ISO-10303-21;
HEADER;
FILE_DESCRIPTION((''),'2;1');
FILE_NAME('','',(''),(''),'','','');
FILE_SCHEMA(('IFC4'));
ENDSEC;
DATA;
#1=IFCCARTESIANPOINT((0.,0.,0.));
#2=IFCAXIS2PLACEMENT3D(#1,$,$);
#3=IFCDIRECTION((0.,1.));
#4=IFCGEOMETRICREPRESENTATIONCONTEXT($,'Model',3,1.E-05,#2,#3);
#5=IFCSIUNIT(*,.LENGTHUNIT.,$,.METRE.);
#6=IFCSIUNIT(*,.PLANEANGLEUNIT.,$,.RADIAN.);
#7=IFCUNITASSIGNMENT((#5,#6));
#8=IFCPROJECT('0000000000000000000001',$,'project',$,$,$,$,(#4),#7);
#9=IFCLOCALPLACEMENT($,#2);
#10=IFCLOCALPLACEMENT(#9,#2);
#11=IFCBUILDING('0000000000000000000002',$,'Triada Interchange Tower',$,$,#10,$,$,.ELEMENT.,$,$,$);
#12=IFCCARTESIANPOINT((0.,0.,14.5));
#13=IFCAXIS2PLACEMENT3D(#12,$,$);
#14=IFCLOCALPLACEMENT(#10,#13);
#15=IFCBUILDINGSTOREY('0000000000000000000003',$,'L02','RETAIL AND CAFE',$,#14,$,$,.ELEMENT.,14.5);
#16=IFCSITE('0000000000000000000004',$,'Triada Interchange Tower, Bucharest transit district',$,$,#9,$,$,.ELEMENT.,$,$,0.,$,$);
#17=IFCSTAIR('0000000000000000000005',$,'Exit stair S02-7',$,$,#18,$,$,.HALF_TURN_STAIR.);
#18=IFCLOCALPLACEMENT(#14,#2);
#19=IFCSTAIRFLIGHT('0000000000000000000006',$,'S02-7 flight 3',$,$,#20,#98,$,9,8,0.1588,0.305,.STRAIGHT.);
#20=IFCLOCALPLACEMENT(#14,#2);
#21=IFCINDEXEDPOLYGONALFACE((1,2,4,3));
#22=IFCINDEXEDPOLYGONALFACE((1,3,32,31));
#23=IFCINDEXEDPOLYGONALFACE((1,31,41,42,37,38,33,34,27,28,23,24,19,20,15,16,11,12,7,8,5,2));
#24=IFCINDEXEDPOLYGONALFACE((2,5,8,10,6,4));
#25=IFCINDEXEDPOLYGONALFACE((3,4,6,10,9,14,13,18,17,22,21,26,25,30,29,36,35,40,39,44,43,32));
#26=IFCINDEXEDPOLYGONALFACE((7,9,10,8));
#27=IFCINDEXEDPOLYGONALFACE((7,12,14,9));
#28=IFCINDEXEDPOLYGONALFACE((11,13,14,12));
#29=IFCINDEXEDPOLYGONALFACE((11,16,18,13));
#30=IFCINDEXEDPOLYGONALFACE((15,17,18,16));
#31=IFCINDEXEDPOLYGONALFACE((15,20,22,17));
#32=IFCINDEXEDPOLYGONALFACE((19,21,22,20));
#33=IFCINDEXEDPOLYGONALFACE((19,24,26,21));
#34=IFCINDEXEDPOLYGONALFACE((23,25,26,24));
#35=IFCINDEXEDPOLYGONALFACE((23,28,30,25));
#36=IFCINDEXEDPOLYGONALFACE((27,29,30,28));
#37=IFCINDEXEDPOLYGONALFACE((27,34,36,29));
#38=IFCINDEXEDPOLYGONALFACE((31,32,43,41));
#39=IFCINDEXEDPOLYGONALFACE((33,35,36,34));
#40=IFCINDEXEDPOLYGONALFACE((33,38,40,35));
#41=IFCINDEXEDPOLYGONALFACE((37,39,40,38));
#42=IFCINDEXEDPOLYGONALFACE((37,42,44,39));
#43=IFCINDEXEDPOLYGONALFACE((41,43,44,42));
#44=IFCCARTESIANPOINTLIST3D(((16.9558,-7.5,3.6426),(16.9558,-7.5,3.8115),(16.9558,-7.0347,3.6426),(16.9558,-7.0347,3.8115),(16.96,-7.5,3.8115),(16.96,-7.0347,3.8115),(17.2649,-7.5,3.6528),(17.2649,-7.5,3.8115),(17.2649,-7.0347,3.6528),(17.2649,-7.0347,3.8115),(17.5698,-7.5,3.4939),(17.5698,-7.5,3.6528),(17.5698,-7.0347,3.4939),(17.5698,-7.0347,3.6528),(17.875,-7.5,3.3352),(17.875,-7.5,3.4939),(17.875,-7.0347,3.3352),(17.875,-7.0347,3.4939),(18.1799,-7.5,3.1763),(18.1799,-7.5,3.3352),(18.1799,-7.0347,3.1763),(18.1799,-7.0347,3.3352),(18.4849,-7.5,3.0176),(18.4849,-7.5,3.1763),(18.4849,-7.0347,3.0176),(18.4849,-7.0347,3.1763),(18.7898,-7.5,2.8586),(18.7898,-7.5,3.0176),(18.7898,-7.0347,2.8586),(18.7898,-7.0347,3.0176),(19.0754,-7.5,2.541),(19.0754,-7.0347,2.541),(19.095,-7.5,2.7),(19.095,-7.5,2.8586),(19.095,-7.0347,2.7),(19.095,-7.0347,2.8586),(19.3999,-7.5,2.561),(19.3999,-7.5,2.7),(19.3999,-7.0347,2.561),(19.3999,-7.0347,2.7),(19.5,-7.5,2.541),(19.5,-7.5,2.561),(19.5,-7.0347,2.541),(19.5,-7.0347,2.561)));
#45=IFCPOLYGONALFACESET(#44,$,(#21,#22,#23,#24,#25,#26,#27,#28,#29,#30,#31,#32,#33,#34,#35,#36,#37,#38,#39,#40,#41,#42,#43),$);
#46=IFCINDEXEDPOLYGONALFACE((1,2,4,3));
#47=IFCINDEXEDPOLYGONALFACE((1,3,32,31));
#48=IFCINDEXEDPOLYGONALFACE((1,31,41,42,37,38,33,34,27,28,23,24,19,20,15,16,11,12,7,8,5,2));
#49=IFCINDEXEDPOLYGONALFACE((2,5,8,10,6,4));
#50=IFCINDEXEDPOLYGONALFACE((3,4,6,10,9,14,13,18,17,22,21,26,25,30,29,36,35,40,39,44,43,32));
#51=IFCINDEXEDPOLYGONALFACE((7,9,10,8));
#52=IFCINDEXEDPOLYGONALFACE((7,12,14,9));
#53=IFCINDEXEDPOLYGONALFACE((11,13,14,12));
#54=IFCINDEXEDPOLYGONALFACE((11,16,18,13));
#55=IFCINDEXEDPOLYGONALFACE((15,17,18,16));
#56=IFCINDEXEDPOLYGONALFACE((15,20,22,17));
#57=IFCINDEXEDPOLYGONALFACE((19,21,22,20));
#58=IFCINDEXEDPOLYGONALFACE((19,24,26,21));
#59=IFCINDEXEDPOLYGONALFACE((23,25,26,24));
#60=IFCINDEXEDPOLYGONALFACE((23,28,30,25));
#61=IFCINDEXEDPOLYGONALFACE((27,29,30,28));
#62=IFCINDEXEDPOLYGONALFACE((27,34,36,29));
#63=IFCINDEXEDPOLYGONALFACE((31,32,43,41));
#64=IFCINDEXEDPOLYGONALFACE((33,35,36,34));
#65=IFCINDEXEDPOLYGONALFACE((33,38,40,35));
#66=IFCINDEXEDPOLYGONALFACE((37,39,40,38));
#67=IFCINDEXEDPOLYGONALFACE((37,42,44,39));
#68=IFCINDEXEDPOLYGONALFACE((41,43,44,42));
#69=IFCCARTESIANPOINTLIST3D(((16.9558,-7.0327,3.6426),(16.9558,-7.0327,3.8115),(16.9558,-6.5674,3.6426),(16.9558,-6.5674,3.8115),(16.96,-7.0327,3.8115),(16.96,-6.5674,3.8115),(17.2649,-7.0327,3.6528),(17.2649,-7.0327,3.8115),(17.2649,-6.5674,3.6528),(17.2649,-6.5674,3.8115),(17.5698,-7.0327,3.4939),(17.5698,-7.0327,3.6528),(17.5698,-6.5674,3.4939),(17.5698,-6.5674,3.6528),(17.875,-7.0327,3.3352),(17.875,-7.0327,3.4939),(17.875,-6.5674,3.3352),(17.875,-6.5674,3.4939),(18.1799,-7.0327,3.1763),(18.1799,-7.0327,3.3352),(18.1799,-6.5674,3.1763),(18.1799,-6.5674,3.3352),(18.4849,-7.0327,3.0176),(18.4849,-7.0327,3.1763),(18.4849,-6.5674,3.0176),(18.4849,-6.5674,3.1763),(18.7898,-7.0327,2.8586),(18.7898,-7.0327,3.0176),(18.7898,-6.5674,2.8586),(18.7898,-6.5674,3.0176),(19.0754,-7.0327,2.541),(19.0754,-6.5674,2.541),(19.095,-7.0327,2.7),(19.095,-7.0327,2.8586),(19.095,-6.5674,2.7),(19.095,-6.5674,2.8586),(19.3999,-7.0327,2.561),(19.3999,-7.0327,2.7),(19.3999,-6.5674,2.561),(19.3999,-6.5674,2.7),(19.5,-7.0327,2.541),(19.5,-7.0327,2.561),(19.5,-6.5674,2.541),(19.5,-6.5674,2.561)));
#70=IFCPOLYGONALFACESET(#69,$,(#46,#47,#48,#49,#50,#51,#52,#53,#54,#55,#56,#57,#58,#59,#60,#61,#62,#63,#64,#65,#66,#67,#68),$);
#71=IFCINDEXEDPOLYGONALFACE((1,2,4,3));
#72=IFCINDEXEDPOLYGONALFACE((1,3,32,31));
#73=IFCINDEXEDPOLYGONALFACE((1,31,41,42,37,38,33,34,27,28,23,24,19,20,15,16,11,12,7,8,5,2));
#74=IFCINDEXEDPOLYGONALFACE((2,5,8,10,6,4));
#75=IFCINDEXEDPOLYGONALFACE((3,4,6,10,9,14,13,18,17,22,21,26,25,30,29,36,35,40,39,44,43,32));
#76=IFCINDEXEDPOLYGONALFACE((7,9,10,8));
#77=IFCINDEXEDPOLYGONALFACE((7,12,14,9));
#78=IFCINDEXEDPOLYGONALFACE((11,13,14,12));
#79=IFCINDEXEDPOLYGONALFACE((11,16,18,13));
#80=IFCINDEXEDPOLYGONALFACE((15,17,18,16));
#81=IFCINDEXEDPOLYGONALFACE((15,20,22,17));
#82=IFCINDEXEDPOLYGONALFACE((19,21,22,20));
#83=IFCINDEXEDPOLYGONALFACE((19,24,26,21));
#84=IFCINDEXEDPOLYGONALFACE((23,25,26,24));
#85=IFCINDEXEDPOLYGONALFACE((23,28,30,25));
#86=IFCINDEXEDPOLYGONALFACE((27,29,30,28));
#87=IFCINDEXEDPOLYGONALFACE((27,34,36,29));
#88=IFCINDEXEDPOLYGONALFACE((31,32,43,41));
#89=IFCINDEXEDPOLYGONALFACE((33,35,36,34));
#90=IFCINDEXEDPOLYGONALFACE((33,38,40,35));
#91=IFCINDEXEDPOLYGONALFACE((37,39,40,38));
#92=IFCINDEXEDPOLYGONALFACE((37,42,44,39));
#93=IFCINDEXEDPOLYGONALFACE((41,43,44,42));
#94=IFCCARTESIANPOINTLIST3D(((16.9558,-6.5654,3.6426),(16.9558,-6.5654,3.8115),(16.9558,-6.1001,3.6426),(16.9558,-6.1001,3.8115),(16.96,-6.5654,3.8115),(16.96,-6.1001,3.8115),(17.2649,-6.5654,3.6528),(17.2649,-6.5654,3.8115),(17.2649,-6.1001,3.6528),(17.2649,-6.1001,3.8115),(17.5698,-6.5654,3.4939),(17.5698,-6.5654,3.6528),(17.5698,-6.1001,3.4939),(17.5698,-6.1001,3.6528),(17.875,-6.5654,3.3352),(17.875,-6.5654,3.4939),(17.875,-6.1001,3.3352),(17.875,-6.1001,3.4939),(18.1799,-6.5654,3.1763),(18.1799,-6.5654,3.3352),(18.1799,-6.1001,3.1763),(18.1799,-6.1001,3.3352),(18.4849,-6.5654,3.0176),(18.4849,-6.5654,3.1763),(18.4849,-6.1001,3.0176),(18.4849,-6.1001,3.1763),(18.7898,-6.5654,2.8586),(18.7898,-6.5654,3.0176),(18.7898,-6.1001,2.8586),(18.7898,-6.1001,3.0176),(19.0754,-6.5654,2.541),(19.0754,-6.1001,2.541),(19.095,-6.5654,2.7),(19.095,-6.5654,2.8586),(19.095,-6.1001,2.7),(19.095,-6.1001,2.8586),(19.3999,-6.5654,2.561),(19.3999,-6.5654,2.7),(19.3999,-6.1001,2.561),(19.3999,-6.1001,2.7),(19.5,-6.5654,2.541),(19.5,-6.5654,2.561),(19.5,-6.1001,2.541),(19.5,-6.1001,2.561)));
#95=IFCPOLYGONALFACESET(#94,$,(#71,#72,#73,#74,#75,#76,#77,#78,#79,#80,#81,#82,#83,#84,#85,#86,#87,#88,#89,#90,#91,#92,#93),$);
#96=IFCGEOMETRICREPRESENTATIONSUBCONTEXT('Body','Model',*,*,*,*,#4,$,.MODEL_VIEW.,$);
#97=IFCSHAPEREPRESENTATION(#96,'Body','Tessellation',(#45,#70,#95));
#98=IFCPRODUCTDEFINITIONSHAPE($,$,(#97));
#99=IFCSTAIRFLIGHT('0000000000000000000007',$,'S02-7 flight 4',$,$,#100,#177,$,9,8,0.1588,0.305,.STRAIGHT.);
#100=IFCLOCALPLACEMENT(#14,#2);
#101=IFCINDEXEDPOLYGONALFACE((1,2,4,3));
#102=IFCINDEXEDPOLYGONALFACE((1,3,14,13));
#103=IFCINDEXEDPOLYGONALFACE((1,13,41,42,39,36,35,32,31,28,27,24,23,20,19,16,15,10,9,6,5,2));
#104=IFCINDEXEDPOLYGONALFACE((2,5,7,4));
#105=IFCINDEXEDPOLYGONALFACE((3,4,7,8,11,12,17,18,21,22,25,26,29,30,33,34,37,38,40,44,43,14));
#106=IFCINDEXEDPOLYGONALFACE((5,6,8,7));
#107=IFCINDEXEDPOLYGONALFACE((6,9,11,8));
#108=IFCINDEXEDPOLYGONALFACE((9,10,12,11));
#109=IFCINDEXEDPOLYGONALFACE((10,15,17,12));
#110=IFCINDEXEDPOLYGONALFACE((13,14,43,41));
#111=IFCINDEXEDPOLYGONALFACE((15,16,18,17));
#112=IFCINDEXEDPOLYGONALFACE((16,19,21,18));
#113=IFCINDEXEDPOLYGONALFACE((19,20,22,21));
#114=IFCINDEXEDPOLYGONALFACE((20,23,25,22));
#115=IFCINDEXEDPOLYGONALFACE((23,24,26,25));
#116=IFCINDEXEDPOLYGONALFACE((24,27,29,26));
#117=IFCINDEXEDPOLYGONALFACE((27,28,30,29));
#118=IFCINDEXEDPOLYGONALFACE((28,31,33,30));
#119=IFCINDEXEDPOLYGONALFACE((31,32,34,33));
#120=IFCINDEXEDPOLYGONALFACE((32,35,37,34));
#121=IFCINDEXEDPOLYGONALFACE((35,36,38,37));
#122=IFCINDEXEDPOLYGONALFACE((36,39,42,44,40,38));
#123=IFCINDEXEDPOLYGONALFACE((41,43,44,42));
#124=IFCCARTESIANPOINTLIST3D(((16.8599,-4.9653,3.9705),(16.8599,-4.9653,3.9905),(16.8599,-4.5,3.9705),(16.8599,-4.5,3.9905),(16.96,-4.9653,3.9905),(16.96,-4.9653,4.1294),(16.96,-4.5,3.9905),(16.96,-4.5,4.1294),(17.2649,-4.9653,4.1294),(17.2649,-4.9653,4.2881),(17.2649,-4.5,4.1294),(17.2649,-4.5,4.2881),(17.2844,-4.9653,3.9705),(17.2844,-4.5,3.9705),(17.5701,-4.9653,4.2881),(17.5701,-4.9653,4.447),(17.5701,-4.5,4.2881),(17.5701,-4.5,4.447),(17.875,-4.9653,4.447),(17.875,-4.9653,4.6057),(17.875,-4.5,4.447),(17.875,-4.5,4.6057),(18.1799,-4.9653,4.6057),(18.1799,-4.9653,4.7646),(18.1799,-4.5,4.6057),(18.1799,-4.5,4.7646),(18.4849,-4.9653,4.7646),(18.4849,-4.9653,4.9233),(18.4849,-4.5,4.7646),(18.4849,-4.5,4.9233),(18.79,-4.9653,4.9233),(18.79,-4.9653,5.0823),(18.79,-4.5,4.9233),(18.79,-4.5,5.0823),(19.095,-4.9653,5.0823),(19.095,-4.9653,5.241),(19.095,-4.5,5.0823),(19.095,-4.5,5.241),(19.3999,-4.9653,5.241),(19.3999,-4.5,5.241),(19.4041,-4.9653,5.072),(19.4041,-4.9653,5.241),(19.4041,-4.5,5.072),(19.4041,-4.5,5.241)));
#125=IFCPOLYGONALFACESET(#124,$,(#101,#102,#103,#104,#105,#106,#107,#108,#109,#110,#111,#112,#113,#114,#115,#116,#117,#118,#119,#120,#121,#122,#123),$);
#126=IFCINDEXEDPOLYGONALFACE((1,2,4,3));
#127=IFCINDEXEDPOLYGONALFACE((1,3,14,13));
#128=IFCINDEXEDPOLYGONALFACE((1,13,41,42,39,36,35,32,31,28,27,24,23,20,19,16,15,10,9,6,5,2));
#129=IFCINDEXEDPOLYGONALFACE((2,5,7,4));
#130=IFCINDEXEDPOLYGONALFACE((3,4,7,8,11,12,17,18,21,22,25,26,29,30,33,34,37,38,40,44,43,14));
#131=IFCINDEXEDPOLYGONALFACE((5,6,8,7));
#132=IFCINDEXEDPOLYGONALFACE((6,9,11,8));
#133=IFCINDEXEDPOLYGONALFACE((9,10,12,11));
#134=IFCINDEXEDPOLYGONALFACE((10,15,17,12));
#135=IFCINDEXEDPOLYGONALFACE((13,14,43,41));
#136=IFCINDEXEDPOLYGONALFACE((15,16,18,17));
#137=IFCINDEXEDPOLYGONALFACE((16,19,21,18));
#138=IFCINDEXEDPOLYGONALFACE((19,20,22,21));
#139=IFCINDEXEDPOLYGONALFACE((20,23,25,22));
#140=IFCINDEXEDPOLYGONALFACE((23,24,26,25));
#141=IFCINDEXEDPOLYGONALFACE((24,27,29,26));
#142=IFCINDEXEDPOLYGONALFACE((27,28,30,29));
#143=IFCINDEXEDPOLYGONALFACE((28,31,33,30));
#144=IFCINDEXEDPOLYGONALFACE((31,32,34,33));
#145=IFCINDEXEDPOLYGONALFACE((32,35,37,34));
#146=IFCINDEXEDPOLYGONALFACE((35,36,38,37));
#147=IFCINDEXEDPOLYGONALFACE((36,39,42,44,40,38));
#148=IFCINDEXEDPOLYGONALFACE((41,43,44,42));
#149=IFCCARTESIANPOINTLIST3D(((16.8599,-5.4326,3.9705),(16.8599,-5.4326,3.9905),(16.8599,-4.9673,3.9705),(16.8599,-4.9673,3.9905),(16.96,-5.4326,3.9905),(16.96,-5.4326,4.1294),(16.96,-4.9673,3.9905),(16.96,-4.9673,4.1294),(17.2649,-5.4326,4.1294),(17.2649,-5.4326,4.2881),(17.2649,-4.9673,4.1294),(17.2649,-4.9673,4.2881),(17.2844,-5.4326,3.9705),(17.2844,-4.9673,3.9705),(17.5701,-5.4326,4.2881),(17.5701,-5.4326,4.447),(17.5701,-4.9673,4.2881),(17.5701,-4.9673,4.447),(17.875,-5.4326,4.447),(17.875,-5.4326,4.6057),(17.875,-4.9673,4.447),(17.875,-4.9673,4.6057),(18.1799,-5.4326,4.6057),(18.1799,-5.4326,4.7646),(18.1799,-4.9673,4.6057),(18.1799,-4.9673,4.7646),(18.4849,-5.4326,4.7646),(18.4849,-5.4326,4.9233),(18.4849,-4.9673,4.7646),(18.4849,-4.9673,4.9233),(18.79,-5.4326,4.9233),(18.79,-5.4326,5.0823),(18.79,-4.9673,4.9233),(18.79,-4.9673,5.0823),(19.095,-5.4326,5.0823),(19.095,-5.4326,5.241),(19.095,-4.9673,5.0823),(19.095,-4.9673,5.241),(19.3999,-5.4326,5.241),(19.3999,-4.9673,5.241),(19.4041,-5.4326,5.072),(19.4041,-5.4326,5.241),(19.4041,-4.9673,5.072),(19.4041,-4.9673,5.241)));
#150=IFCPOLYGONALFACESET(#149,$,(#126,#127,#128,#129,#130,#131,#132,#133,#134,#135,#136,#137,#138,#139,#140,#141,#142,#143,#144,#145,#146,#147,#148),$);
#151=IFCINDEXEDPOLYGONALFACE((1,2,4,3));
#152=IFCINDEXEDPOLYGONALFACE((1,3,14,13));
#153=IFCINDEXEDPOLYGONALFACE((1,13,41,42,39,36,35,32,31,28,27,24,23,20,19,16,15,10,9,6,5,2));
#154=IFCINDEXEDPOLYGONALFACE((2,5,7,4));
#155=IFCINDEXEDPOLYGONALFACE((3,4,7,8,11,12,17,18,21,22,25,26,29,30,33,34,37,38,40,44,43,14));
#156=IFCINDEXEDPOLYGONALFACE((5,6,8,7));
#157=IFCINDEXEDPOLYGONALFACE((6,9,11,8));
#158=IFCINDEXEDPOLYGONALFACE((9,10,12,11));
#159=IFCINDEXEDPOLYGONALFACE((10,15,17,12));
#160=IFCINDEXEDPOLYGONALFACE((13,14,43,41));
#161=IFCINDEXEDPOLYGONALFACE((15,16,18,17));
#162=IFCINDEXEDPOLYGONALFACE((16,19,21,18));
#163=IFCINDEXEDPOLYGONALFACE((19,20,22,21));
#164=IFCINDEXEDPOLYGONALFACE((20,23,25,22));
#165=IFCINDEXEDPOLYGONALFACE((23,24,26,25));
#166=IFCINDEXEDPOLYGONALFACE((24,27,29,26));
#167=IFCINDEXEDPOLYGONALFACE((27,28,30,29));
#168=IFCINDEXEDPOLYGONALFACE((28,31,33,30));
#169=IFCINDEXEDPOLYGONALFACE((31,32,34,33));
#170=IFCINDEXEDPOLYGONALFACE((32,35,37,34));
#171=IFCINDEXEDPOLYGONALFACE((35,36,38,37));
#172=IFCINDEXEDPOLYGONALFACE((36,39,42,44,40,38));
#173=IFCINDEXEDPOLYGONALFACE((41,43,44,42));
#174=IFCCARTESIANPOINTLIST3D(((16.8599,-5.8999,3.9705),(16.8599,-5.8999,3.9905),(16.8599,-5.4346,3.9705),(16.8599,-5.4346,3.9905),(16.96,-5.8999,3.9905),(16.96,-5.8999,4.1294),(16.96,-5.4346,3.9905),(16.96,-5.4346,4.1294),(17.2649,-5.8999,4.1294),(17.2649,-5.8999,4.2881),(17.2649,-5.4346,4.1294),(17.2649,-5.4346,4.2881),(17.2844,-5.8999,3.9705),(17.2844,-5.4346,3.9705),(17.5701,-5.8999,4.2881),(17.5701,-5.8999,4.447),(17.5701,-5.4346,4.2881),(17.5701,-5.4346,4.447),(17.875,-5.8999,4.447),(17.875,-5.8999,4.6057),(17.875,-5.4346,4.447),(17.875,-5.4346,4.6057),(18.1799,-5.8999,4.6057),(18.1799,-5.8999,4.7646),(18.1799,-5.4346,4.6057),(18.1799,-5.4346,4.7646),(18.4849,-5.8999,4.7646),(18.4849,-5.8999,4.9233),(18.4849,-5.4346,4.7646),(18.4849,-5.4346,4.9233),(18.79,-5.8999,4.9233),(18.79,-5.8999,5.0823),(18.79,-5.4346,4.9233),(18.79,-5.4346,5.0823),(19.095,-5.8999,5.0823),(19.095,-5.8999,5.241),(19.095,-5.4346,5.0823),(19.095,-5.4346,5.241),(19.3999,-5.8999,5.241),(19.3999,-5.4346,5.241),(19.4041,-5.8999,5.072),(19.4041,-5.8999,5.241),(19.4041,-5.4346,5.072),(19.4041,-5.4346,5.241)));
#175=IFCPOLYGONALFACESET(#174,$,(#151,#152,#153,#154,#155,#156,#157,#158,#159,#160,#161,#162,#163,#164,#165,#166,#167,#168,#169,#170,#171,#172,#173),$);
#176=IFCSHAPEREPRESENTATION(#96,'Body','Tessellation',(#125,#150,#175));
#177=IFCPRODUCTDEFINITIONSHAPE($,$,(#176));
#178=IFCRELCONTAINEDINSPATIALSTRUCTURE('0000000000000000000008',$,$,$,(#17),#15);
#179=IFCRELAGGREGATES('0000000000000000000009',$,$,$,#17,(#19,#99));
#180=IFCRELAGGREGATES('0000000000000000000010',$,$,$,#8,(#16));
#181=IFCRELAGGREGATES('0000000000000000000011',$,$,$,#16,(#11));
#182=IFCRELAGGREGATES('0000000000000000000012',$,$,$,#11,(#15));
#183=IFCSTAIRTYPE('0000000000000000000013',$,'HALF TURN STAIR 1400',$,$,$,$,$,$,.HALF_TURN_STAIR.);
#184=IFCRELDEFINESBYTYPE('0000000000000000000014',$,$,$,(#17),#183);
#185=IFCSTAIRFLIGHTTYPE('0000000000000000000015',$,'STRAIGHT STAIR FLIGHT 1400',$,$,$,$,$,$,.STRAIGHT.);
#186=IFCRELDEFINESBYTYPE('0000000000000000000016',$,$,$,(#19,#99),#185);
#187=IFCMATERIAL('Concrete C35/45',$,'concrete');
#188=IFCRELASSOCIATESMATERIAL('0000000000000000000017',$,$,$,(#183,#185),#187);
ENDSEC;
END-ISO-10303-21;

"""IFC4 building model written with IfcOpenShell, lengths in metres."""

from ifc_helpers import new_model, si_unit, direction, frame, origin, place, context, subcontext, project, spatial, polyline, outline, extrude, material, type_object, element, aggregate, save


model = new_model("IFC4")

# Units and contexts
model_context = context("Model", 3, precision=1e-05, world=origin(), true_north=direction((0.0, 1.0)))
body_context = subcontext(model_context, "Body", "Model", "MODEL_VIEW")
ifc_project = project(units=[si_unit("LENGTHUNIT", "METRE"), si_unit("PLANEANGLEUNIT", "RADIAN")], contexts=[model_context])

# Site, building, storey
site_placement = place(None, origin())
site = spatial("IfcSite", under=ifc_project, at=site_placement, Name="Triada Interchange Tower, Bucharest transit district", CompositionType="ELEMENT", RefElevation=0.0)
building_placement = place(site_placement, origin())
building = spatial("IfcBuilding", under=site, at=building_placement, Name="Triada Interchange Tower", CompositionType="ELEMENT")
storey_placement = place(building_placement, frame((0.0, 0.0, 14.5)))
storey = spatial("IfcBuildingStorey", under=building, at=storey_placement, Name="L02", Description="RETAIL AND CAFE", CompositionType="ELEMENT", Elevation=14.5)

# Shared definitions
ifc_material_1 = material(Name="Concrete C35/45", Category="concrete")

# Stair, stair flights
stair_type = type_object("IfcStairType", Name="HALF TURN STAIR 1400", PredefinedType="HALF_TURN_STAIR", material=ifc_material_1)
stair_placement = place(storey_placement, origin())
stair = element("IfcStair", 1, at=stair_placement, inside=storey, type_object=stair_type, Name="Exit stair S02-7", PredefinedType="HALF_TURN_STAIR")
stair_flight_type = type_object("IfcStairFlightType", Name="STRAIGHT STAIR FLIGHT 1400", PredefinedType="STRAIGHT", material=ifc_material_1)
stair_flight_1_placement = place(storey_placement, frame((19.3999, -6.8, 2.541), z_axis=(0.0, 0.0, 1.0), x_axis=(-1.0, 0.0, 0.0)))
stair_flight_1 = element("IfcStairFlight", 2, at=stair_flight_1_placement, type_object=stair_flight_type, Name="S02-7 flight 3", NumberOfRisers=9, NumberOfTreads=8, PredefinedType="STRAIGHT", RiserHeight=0.1588, TreadLength=0.305, context=body_context, shape_type="SweptSolid", body=[
    extrude(outline(polyline([(-0.1001, 0.0), (-0.1001, 0.02), (0.0, 0.02), (0.0, 0.1589), (0.3049, 0.1589), (0.3049, 0.3176), (0.6101, 0.3176), (0.6101, 0.4766), (0.915, 0.4766), (0.915, 0.6353), (1.22, 0.6353), (1.22, 0.7942), (1.5249, 0.7942), (1.5249, 0.9529), (1.8301, 0.9529), (1.8301, 1.1118), (2.135, 1.1118), (2.135, 1.2705), (2.4399, 1.2705), (2.4441, 1.2705), (2.4441, 1.4294), (2.4441, 1.1016), (0.3245, 0.0), (-0.1001, 0.0)])), frame((0.0, 0.7, 0.0), z_axis=(0.0, -1.0, 0.0), x_axis=(1.0, 0.0, 0.0)), (0.0, 0.0, 1.0), 0.4653),
    extrude(outline(polyline([(-0.1001, 0.0), (-0.1001, 0.02), (0.0, 0.02), (0.0, 0.1589), (0.3049, 0.1589), (0.3049, 0.3176), (0.6101, 0.3176), (0.6101, 0.4766), (0.915, 0.4766), (0.915, 0.6353), (1.22, 0.6353), (1.22, 0.7942), (1.5249, 0.7942), (1.5249, 0.9529), (1.8301, 0.9529), (1.8301, 1.1118), (2.135, 1.1118), (2.135, 1.2705), (2.4399, 1.2705), (2.4441, 1.2705), (2.4441, 1.4294), (2.4441, 1.1016), (0.3245, 0.0), (-0.1001, 0.0)])), frame((0.0, 0.2327, 0.0), z_axis=(0.0, -1.0, 0.0), x_axis=(1.0, 0.0, 0.0)), (0.0, 0.0, 1.0), 0.4653),
    extrude(outline(polyline([(-0.1001, 0.0), (-0.1001, 0.02), (0.0, 0.02), (0.0, 0.1589), (0.3049, 0.1589), (0.3049, 0.3176), (0.6101, 0.3176), (0.6101, 0.4766), (0.915, 0.4766), (0.915, 0.6353), (1.22, 0.6353), (1.22, 0.7942), (1.5249, 0.7942), (1.5249, 0.9529), (1.8301, 0.9529), (1.8301, 1.1118), (2.135, 1.1118), (2.135, 1.2705), (2.4399, 1.2705), (2.4441, 1.2705), (2.4441, 1.4294), (2.4441, 1.1016), (0.3245, 0.0), (-0.1001, 0.0)])), frame((0.0, -0.2346, 0.0), z_axis=(0.0, -1.0, 0.0), x_axis=(1.0, 0.0, 0.0)), (0.0, 0.0, 1.0), 0.4653),
])
stair_flight_2_placement = place(storey_placement, frame((16.96, -5.2, 3.9705), z_axis=(0.0, 0.0, 1.0), x_axis=(1.0, 0.0, 0.0)))
stair_flight_2 = element("IfcStairFlight", 3, at=stair_flight_2_placement, type_object=stair_flight_type, Name="S02-7 flight 4", NumberOfRisers=9, NumberOfTreads=8, PredefinedType="STRAIGHT", RiserHeight=0.1588, TreadLength=0.305, context=body_context, shape_type="SweptSolid", body=[
    extrude(outline(polyline([(-0.1001, 0.0), (-0.1001, 0.02), (0.0, 0.02), (0.0, 0.1589), (0.3049, 0.1589), (0.3049, 0.3176), (0.6101, 0.3176), (0.6101, 0.4766), (0.915, 0.4766), (0.915, 0.6353), (1.22, 0.6353), (1.22, 0.7942), (1.5249, 0.7942), (1.5249, 0.9529), (1.8301, 0.9529), (1.8301, 1.1118), (2.135, 1.1118), (2.135, 1.2705), (2.4399, 1.2705), (2.4441, 1.2705), (2.4441, 1.4294), (2.4441, 1.1016), (0.3245, 0.0), (-0.1001, 0.0)])), frame((0.0, 0.7, 0.0), z_axis=(0.0, -1.0, 0.0), x_axis=(1.0, 0.0, 0.0)), (0.0, 0.0, 1.0), 0.4653),
    extrude(outline(polyline([(-0.1001, 0.0), (-0.1001, 0.02), (0.0, 0.02), (0.0, 0.1589), (0.3049, 0.1589), (0.3049, 0.3176), (0.6101, 0.3176), (0.6101, 0.4766), (0.915, 0.4766), (0.915, 0.6353), (1.22, 0.6353), (1.22, 0.7942), (1.5249, 0.7942), (1.5249, 0.9529), (1.8301, 0.9529), (1.8301, 1.1118), (2.135, 1.1118), (2.135, 1.2705), (2.4399, 1.2705), (2.4441, 1.2705), (2.4441, 1.4294), (2.4441, 1.1016), (0.3245, 0.0), (-0.1001, 0.0)])), frame((0.0, 0.2327, 0.0), z_axis=(0.0, -1.0, 0.0), x_axis=(1.0, 0.0, 0.0)), (0.0, 0.0, 1.0), 0.4653),
    extrude(outline(polyline([(-0.1001, 0.0), (-0.1001, 0.02), (0.0, 0.02), (0.0, 0.1589), (0.3049, 0.1589), (0.3049, 0.3176), (0.6101, 0.3176), (0.6101, 0.4766), (0.915, 0.4766), (0.915, 0.6353), (1.22, 0.6353), (1.22, 0.7942), (1.5249, 0.7942), (1.5249, 0.9529), (1.8301, 0.9529), (1.8301, 1.1118), (2.135, 1.1118), (2.135, 1.2705), (2.4399, 1.2705), (2.4441, 1.2705), (2.4441, 1.4294), (2.4441, 1.1016), (0.3245, 0.0), (-0.1001, 0.0)])), frame((0.0, -0.2346, 0.0), z_axis=(0.0, -1.0, 0.0), x_axis=(1.0, 0.0, 0.0)), (0.0, 0.0, 1.0), 0.4653),
])
aggregate(stair, [stair_flight_1, stair_flight_2])

save(model, "model.ifc")
